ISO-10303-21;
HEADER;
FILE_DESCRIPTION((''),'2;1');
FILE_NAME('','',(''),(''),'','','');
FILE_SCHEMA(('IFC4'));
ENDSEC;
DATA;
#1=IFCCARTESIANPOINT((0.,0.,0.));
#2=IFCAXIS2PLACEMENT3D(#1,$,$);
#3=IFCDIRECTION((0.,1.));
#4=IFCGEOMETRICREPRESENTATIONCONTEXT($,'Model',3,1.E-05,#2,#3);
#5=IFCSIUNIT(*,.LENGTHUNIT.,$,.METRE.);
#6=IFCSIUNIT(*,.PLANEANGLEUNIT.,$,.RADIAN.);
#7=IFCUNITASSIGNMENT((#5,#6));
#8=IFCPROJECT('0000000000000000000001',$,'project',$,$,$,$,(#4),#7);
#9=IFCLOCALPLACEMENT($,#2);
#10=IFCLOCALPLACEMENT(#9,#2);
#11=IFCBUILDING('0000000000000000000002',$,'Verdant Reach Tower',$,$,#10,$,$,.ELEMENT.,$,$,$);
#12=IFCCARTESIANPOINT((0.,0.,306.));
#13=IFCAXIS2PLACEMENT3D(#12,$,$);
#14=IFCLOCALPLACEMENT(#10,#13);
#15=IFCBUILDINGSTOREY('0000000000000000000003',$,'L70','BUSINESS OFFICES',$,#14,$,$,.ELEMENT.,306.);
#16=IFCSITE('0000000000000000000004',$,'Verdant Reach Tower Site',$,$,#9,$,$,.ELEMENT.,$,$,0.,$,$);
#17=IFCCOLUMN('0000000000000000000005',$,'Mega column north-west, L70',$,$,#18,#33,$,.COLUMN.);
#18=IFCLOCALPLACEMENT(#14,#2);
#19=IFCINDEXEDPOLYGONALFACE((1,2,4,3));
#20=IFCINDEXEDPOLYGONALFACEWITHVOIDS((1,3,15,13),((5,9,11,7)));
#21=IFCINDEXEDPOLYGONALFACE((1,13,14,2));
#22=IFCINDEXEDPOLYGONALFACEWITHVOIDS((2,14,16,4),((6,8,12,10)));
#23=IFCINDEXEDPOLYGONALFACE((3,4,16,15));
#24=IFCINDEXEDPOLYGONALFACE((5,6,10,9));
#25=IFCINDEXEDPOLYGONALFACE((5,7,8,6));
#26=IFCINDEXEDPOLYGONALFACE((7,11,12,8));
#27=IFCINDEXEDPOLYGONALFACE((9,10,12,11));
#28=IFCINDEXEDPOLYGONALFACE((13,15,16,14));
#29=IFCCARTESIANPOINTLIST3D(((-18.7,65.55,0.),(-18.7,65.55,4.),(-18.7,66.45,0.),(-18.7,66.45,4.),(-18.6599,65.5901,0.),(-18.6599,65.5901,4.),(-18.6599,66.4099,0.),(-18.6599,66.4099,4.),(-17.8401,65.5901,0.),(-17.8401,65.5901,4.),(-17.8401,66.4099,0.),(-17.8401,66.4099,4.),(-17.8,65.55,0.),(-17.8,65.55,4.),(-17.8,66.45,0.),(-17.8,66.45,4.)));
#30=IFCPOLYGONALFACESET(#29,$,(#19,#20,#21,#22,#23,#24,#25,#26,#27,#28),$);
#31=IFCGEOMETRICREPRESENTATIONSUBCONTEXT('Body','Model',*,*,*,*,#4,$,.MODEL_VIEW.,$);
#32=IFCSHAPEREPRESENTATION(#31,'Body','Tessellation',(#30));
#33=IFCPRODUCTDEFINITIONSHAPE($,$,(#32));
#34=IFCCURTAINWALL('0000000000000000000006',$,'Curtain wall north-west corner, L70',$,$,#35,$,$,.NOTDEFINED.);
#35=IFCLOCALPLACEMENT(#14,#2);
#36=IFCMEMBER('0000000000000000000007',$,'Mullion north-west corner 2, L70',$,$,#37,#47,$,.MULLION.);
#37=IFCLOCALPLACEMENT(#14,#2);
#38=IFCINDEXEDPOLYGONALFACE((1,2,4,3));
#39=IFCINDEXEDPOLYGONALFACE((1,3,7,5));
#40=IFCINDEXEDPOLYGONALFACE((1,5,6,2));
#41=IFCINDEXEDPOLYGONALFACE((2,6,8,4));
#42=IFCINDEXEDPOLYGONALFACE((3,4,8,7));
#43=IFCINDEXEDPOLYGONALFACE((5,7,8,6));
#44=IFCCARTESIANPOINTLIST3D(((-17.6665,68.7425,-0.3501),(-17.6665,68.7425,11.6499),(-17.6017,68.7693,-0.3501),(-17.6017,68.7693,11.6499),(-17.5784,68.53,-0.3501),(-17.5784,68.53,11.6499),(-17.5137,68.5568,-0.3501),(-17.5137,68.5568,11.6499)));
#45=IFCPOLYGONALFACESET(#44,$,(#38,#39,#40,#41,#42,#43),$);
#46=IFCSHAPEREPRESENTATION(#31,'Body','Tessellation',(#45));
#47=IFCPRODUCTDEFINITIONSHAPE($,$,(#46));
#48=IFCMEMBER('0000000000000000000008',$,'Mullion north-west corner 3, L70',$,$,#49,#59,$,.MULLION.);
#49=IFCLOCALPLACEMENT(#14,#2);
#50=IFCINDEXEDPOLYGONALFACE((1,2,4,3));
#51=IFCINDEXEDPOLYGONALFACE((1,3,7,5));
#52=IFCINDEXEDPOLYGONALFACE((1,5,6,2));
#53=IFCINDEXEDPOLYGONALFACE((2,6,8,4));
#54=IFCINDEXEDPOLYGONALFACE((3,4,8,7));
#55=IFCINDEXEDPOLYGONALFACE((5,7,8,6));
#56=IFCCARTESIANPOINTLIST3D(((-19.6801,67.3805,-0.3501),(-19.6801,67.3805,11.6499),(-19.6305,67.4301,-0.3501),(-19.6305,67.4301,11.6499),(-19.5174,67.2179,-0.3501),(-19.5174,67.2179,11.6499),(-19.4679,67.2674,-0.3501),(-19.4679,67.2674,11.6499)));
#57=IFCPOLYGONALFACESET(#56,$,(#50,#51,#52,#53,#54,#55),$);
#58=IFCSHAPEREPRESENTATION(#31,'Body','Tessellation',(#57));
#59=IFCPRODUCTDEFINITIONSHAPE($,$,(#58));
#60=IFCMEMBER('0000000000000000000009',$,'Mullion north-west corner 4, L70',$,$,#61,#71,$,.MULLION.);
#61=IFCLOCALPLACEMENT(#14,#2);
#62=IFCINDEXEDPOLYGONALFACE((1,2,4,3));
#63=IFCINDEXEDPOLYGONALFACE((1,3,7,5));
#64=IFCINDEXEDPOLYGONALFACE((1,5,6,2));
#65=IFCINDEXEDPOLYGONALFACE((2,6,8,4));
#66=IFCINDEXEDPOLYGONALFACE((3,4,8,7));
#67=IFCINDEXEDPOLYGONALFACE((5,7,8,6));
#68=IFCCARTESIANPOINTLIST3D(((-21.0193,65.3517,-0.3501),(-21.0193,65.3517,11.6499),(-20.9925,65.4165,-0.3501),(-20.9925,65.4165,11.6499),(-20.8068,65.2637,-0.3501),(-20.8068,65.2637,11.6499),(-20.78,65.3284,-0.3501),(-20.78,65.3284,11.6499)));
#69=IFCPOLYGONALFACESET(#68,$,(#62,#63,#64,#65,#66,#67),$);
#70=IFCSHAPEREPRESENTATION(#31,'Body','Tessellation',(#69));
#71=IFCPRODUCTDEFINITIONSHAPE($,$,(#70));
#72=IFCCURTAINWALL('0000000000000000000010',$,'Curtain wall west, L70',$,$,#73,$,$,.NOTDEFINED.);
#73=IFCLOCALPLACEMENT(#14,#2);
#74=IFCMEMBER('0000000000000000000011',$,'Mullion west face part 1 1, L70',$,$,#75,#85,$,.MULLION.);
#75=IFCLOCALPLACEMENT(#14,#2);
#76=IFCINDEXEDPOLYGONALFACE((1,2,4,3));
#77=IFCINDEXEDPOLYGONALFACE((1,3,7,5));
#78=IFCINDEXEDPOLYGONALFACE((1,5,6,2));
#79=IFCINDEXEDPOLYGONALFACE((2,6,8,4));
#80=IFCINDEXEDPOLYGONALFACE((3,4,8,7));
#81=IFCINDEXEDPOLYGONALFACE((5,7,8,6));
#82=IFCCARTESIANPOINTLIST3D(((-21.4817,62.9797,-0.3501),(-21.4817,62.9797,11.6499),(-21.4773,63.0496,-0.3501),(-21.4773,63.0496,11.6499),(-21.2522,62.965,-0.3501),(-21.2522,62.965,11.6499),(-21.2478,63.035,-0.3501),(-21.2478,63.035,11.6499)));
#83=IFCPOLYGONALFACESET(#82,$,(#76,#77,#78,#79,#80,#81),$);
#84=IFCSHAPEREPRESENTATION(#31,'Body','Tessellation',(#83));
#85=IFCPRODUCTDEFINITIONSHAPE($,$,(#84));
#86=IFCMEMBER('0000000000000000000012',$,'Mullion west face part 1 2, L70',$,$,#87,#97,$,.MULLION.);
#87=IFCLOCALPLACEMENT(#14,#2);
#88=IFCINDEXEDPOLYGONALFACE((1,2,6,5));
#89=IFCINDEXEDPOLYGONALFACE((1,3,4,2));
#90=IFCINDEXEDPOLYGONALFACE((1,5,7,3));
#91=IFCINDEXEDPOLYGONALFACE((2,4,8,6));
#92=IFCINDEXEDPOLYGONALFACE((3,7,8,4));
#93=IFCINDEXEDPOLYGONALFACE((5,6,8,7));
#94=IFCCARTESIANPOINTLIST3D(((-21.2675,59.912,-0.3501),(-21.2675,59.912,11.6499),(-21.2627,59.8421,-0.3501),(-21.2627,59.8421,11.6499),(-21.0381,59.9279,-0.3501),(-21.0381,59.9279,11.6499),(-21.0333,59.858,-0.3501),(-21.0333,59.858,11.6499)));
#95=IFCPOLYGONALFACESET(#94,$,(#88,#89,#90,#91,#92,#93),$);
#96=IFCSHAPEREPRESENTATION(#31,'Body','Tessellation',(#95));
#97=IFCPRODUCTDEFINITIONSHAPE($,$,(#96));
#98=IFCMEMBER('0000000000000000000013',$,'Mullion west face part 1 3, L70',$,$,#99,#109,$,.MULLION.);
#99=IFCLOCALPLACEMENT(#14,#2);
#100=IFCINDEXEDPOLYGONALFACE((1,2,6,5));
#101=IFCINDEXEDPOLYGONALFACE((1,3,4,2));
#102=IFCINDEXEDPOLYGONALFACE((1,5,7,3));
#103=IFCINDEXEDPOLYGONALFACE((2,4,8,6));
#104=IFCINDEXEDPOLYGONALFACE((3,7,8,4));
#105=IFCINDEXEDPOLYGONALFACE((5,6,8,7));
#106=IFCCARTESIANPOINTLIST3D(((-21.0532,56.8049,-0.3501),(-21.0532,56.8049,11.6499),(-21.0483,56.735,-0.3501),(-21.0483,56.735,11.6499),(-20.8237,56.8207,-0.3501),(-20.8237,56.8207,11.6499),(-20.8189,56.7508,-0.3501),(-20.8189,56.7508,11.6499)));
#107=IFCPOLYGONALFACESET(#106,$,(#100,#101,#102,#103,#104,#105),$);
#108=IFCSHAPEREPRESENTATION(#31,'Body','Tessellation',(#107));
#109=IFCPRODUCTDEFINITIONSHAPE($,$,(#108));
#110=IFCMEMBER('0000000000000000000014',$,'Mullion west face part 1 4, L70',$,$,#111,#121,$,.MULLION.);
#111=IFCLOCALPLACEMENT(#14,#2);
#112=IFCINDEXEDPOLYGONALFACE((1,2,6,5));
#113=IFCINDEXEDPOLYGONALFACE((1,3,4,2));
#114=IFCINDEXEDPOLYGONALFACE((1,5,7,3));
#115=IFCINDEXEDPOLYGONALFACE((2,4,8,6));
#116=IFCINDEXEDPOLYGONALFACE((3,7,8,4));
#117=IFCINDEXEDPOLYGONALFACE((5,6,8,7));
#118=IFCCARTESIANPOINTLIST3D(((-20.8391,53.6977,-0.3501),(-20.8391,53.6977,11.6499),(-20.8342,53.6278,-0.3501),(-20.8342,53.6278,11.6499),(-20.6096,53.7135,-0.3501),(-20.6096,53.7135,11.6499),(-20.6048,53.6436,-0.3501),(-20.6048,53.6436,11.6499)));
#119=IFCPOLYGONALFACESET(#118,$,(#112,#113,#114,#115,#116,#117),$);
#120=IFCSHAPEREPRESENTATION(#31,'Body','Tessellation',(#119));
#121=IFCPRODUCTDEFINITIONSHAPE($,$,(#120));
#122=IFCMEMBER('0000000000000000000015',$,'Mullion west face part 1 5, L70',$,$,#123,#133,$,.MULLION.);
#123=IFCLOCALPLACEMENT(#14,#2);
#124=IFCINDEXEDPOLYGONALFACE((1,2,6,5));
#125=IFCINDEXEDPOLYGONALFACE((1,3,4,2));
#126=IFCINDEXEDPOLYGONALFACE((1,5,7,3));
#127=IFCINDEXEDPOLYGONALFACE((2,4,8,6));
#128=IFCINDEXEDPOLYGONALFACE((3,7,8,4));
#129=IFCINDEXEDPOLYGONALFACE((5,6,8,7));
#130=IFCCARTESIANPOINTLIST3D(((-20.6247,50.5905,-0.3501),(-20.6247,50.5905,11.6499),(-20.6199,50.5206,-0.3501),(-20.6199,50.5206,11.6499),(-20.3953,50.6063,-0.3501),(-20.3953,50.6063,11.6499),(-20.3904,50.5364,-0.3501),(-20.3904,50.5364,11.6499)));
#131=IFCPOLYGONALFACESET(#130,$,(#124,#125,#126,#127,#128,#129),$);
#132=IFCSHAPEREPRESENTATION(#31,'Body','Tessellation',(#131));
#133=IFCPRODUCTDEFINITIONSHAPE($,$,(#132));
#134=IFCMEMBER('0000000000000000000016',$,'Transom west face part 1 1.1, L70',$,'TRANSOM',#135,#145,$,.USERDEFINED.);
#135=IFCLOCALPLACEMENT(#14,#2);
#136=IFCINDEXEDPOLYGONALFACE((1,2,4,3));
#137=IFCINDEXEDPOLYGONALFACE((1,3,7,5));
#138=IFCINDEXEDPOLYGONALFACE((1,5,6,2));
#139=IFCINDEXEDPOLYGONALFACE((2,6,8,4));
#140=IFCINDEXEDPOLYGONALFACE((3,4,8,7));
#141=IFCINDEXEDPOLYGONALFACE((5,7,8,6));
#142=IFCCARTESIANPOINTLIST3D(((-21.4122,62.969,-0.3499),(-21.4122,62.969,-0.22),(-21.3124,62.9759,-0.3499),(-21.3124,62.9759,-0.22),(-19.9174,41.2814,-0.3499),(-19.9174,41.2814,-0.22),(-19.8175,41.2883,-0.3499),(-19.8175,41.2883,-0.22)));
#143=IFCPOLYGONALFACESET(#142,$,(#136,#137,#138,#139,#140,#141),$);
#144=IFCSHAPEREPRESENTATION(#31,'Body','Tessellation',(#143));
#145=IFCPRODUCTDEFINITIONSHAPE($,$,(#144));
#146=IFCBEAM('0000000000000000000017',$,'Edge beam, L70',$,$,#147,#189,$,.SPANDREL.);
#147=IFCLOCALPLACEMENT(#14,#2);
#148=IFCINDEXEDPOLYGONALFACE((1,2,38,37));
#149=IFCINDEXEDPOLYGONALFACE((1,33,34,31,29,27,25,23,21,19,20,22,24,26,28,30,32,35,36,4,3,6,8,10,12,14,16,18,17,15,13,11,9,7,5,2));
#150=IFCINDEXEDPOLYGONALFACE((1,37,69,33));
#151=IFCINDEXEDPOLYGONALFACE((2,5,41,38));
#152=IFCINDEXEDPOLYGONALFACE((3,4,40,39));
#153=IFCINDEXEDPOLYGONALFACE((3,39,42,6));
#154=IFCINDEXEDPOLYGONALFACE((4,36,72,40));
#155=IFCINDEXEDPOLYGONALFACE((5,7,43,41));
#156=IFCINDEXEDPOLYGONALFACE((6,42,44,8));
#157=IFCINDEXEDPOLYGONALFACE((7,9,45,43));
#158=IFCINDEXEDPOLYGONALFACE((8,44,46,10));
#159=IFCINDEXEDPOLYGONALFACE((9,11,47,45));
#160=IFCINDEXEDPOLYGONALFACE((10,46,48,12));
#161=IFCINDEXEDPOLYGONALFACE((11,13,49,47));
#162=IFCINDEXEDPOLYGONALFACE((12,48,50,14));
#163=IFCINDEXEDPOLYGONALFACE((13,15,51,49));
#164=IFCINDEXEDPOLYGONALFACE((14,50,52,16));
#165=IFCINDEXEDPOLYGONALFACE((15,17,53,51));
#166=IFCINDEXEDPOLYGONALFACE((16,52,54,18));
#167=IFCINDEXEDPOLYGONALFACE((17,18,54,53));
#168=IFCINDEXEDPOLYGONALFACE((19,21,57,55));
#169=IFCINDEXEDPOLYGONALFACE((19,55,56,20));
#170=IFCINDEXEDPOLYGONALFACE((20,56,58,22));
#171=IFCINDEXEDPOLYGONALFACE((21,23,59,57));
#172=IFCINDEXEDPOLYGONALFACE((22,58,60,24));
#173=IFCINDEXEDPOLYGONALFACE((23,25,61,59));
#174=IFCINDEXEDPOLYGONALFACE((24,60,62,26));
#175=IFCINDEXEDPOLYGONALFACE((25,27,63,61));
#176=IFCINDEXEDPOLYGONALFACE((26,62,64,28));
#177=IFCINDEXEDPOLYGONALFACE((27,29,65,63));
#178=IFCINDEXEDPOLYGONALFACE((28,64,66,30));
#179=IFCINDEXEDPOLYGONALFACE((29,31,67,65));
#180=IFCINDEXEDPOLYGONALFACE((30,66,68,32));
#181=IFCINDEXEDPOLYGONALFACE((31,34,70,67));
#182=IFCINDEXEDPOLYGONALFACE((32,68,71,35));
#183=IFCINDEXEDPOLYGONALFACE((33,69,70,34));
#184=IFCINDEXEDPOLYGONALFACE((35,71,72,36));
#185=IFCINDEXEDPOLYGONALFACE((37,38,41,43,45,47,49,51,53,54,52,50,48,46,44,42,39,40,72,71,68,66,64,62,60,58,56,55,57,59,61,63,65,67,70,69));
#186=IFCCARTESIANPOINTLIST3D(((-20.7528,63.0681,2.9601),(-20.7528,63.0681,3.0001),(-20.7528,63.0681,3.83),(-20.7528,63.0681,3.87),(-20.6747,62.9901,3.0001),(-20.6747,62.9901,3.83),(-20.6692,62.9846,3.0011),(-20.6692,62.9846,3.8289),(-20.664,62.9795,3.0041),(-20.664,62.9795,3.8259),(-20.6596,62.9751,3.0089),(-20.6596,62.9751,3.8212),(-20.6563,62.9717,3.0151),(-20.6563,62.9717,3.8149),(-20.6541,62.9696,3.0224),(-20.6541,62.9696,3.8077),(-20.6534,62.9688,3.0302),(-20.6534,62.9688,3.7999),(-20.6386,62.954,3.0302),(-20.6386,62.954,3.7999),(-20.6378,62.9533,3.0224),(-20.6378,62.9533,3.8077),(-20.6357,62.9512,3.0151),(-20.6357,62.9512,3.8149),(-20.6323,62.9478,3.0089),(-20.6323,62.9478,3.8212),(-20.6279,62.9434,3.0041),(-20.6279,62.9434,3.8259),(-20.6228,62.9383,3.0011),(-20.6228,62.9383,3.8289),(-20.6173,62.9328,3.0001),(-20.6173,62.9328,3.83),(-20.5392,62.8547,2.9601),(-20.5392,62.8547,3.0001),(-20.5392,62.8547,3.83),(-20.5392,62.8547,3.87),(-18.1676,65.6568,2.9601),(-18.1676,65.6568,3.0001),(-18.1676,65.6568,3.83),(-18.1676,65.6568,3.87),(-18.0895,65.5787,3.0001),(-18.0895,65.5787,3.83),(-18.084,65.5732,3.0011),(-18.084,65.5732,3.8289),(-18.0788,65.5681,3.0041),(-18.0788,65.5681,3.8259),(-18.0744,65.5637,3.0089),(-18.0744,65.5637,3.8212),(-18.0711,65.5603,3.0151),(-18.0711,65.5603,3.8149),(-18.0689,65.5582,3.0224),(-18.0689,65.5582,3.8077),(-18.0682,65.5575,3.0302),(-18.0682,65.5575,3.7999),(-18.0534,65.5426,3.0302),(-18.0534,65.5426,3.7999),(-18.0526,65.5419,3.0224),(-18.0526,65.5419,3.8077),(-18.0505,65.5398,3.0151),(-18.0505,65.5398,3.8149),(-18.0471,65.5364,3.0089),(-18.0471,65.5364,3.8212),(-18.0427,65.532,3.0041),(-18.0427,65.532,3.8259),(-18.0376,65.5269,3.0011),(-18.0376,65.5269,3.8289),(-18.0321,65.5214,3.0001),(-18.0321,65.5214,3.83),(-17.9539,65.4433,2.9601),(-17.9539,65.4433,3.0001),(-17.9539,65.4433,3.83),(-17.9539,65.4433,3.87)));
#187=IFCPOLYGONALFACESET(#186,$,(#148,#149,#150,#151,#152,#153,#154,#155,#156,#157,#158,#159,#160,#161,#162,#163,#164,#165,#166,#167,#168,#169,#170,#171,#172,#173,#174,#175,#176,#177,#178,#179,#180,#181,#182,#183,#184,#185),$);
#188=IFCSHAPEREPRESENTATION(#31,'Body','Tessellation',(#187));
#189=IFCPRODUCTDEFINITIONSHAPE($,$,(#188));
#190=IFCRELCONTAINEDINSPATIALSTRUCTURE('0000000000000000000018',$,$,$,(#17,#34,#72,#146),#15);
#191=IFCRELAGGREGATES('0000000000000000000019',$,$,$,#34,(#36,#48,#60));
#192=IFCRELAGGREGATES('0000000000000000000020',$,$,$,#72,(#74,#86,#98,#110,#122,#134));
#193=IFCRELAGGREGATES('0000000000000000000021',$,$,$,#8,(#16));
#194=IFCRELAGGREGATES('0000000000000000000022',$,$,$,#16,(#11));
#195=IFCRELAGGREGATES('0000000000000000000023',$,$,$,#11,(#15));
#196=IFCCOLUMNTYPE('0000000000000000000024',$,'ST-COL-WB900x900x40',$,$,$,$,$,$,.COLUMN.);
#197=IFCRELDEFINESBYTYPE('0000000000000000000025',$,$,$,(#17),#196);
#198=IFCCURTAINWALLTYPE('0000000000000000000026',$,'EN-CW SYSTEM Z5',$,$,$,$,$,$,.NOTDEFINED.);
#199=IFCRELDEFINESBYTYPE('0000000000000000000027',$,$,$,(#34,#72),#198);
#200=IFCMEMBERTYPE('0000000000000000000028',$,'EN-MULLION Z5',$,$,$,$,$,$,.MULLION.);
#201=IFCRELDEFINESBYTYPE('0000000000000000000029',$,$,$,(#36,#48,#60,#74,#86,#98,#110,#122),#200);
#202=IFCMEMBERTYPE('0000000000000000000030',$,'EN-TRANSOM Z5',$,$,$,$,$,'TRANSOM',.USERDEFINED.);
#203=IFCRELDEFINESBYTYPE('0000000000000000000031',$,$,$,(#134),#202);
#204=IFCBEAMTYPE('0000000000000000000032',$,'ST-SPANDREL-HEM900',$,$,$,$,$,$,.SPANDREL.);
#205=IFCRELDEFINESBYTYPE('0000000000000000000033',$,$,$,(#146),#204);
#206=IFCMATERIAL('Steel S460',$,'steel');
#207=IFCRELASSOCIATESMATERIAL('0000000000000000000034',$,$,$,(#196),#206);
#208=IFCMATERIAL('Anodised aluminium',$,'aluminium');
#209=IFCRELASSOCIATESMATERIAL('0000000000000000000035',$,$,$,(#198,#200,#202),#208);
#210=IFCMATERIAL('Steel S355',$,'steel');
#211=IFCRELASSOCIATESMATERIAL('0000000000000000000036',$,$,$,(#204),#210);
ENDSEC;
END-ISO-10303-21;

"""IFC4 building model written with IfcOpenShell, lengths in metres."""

from ifc_helpers import new_model, si_unit, direction, frame, origin, origin_2d, place, context, subcontext, project, spatial, rectangle, hollow_rectangle, i_section, extrude, material, material_profile, profile_set, type_object, element, aggregate, save


model = new_model("IFC4")

# Units and contexts
model_context = context("Model", 3, precision=1e-05, world=origin(), true_north=direction((0.0, 1.0)))
body_context = subcontext(model_context, "Body", "Model", "MODEL_VIEW")
ifc_project = project(units=[si_unit("LENGTHUNIT", "METRE"), si_unit("PLANEANGLEUNIT", "RADIAN")], contexts=[model_context])

# Site, building, storey
site_placement = place(None, origin())
site = spatial("IfcSite", under=ifc_project, at=site_placement, Name="Verdant Reach Tower Site", CompositionType="ELEMENT", RefElevation=0.0)
building_placement = place(site_placement, origin())
building = spatial("IfcBuilding", under=site, at=building_placement, Name="Verdant Reach Tower", CompositionType="ELEMENT")
storey_placement = place(building_placement, frame((0.0, 0.0, 306.0)))
storey = spatial("IfcBuildingStorey", under=building, at=storey_placement, Name="L70", Description="BUSINESS OFFICES", CompositionType="ELEMENT", Elevation=306.0)

# Column
ifc_material_1 = material(Name="Steel S460", Category="steel")
ifc_material_profile_1 = material_profile(ifc_material_1, hollow_rectangle(XDim=0.8999, YDim=0.8999, WallThickness=0.04, at=origin_2d()), Name="WB 900x900x40")
ifc_profile_set_1 = profile_set([ifc_material_profile_1], Name="Steel S460")
column_type = type_object("IfcColumnType", Name="ST-COL-WB900x900x40", PredefinedType="COLUMN", material=ifc_profile_set_1)
column_placement = place(storey_placement, frame((-18.25, 66.0, 0.0), z_axis=(0.0, 0.0, 1.0), x_axis=(1.0, 0.0, 0.0)))
element("IfcColumn", 1, at=column_placement, inside=storey, type_object=column_type, Name="Mega column north-west, L70", PredefinedType="COLUMN", context=body_context, shape_type="SweptSolid", body=[
    extrude(hollow_rectangle(XDim=0.8999, YDim=0.8999, WallThickness=0.04, at=origin_2d()), origin(), (0.0, 0.0, 1.0), 4.0),
])

# Curtain walls, members
ifc_material_2 = material(Name="Anodised aluminium", Category="aluminium")
curtain_wall_type = type_object("IfcCurtainWallType", Name="EN-CW SYSTEM Z5", PredefinedType="NOTDEFINED", material=ifc_material_2)
curtain_wall_1_placement = place(storey_placement, origin())
curtain_wall_1 = element("IfcCurtainWall", 2, at=curtain_wall_1_placement, inside=storey, type_object=curtain_wall_type, Name="Curtain wall north-west corner, L70", PredefinedType="NOTDEFINED")
ifc_material_profile_2 = material_profile(ifc_material_2, rectangle(XDim=0.23, YDim=0.0701, at=origin_2d()), Name="Mullion 70x230")
ifc_profile_set_2 = profile_set([ifc_material_profile_2], Name="Anodised aluminium")
member_type_1 = type_object("IfcMemberType", Name="EN-MULLION Z5", PredefinedType="MULLION", material=ifc_profile_set_2)
member_1_placement = place(storey_placement, frame((-17.5901, 68.6497, -0.3501), z_axis=(0.0, 0.0, 1.0), x_axis=(-0.382694, 0.923875, 0.0)))
member_1 = element("IfcMember", 3, at=member_1_placement, type_object=member_type_1, Name="Mullion north-west corner 2, L70", PredefinedType="MULLION", context=body_context, shape_type="SweptSolid", body=[
    extrude(rectangle(XDim=0.23, YDim=0.0701, at=origin_2d()), origin(), (0.0, 0.0, 1.0), 12.0),
])
member_2_placement = place(storey_placement, frame((-19.574, 67.324, -0.3501), z_axis=(0.0, 0.0, 1.0), x_axis=(-0.707107, 0.707107, 0.0)))
member_2 = element("IfcMember", 4, at=member_2_placement, type_object=member_type_1, Name="Mullion north-west corner 3, L70", PredefinedType="MULLION", context=body_context, shape_type="SweptSolid", body=[
    extrude(rectangle(XDim=0.23, YDim=0.0701, at=origin_2d()), origin(), (0.0, 0.0, 1.0), 12.0),
])
member_3_placement = place(storey_placement, frame((-20.8997, 65.3401, -0.3501), z_axis=(0.0, 0.0, 1.0), x_axis=(-0.923875, 0.382694, 0.0)))
member_3 = element("IfcMember", 5, at=member_3_placement, type_object=member_type_1, Name="Mullion north-west corner 4, L70", PredefinedType="MULLION", context=body_context, shape_type="SweptSolid", body=[
    extrude(rectangle(XDim=0.23, YDim=0.0701, at=origin_2d()), origin(), (0.0, 0.0, 1.0), 12.0),
])
curtain_wall_2_placement = place(storey_placement, origin())
curtain_wall_2 = element("IfcCurtainWall", 6, at=curtain_wall_2_placement, inside=storey, type_object=curtain_wall_type, Name="Curtain wall west, L70", PredefinedType="NOTDEFINED")
member_4_placement = place(storey_placement, frame((-21.3647, 63.0073, -0.3501), z_axis=(0.0, 0.0, 1.0), x_axis=(-0.997969, 0.063699, 0.0)))
member_4 = element("IfcMember", 7, at=member_4_placement, type_object=member_type_1, Name="Mullion west face part 1 1, L70", PredefinedType="MULLION", context=body_context, shape_type="SweptSolid", body=[
    extrude(rectangle(XDim=0.23, YDim=0.0701, at=origin_2d()), origin(), (0.0, 0.0, 1.0), 12.0),
])
member_5_placement = place(storey_placement, frame((-21.1504, 59.885, -0.3501), z_axis=(0.0, 0.0, 1.0), x_axis=(-0.99763, -0.068802, 0.0)))
member_5 = element("IfcMember", 8, at=member_5_placement, type_object=member_type_1, Name="Mullion west face part 1 2, L70", PredefinedType="MULLION", context=body_context, shape_type="SweptSolid", body=[
    extrude(rectangle(XDim=0.23, YDim=0.0701, at=origin_2d()), origin(), (0.0, 0.0, 1.0), 12.0),
])
member_6_placement = place(storey_placement, frame((-20.936, 56.7778, -0.3501), z_axis=(0.0, 0.0, 1.0), x_axis=(-0.99763, -0.068802, 0.0)))
member_6 = element("IfcMember", 9, at=member_6_placement, type_object=member_type_1, Name="Mullion west face part 1 3, L70", PredefinedType="MULLION", context=body_context, shape_type="SweptSolid", body=[
    extrude(rectangle(XDim=0.23, YDim=0.0701, at=origin_2d()), origin(), (0.0, 0.0, 1.0), 12.0),
])
member_7_placement = place(storey_placement, frame((-20.7219, 53.6707, -0.3501), z_axis=(0.0, 0.0, 1.0), x_axis=(-0.99763, -0.068802, 0.0)))
member_7 = element("IfcMember", 10, at=member_7_placement, type_object=member_type_1, Name="Mullion west face part 1 4, L70", PredefinedType="MULLION", context=body_context, shape_type="SweptSolid", body=[
    extrude(rectangle(XDim=0.23, YDim=0.0701, at=origin_2d()), origin(), (0.0, 0.0, 1.0), 12.0),
])
member_8_placement = place(storey_placement, frame((-20.5076, 50.5635, -0.3501), z_axis=(0.0, 0.0, 1.0), x_axis=(-0.99763, -0.068802, 0.0)))
member_8 = element("IfcMember", 11, at=member_8_placement, type_object=member_type_1, Name="Mullion west face part 1 5, L70", PredefinedType="MULLION", context=body_context, shape_type="SweptSolid", body=[
    extrude(rectangle(XDim=0.23, YDim=0.0701, at=origin_2d()), origin(), (0.0, 0.0, 1.0), 12.0),
])
ifc_material_profile_3 = material_profile(ifc_material_2, rectangle(XDim=0.1001, YDim=0.1299, at=origin_2d()), Name="Transom 130x100")
ifc_profile_set_3 = profile_set([ifc_material_profile_3], Name="Anodised aluminium")
member_type_2 = type_object("IfcMemberType", Name="EN-TRANSOM Z5", ElementType="TRANSOM", PredefinedType="USERDEFINED", material=ifc_profile_set_3)
member_9_placement = place(storey_placement, frame((-21.3623, 62.9724, -0.2849), z_axis=(0.068765, -0.997633, 0.0), x_axis=(0.997633, 0.068765, 0.0)))
member_9 = element("IfcMember", 12, at=member_9_placement, type_object=member_type_2, Name="Transom west face part 1 1.1, L70", ObjectType="TRANSOM", PredefinedType="USERDEFINED", context=body_context, shape_type="SweptSolid", body=[
    extrude(rectangle(XDim=0.1001, YDim=0.1299, at=origin_2d()), origin(), (0.0, 0.0, 1.0), 21.739),
])

# Beam
ifc_material_3 = material(Name="Steel S355", Category="steel")
ifc_material_profile_4 = material_profile(ifc_material_3, i_section(OverallWidth=0.302, OverallDepth=0.9099, WebThickness=0.021, FlangeThickness=0.04, FilletRadius=0.03, at=origin_2d()), Name="HEM 900")
ifc_profile_set_4 = profile_set([ifc_material_profile_4], Name="Steel S355")
beam_type = type_object("IfcBeamType", Name="ST-SPANDREL-HEM900", PredefinedType="SPANDREL", material=ifc_profile_set_4)
beam_1_placement = place(storey_placement, frame((-20.646, 62.9614, 3.415), z_axis=(0.706639, 0.707574, 0.0), x_axis=(-0.707574, 0.706639, 0.0)))
element("IfcBeam", 13, at=beam_1_placement, inside=storey, type_object=beam_type, Name="Edge beam, L70", PredefinedType="SPANDREL", context=body_context, shape_type="SweptSolid", body=[
    extrude(i_section(OverallWidth=0.302, OverallDepth=0.9099, WebThickness=0.021, FlangeThickness=0.04, FilletRadius=0.03, at=origin_2d()), origin(), (0.0, 0.0, 1.0), 3.6584),
])

aggregate(curtain_wall_1, [member_1, member_2, member_3])
aggregate(curtain_wall_2, [member_4, member_5, member_6, member_7, member_8, member_9])

save(model, "model.ifc")
